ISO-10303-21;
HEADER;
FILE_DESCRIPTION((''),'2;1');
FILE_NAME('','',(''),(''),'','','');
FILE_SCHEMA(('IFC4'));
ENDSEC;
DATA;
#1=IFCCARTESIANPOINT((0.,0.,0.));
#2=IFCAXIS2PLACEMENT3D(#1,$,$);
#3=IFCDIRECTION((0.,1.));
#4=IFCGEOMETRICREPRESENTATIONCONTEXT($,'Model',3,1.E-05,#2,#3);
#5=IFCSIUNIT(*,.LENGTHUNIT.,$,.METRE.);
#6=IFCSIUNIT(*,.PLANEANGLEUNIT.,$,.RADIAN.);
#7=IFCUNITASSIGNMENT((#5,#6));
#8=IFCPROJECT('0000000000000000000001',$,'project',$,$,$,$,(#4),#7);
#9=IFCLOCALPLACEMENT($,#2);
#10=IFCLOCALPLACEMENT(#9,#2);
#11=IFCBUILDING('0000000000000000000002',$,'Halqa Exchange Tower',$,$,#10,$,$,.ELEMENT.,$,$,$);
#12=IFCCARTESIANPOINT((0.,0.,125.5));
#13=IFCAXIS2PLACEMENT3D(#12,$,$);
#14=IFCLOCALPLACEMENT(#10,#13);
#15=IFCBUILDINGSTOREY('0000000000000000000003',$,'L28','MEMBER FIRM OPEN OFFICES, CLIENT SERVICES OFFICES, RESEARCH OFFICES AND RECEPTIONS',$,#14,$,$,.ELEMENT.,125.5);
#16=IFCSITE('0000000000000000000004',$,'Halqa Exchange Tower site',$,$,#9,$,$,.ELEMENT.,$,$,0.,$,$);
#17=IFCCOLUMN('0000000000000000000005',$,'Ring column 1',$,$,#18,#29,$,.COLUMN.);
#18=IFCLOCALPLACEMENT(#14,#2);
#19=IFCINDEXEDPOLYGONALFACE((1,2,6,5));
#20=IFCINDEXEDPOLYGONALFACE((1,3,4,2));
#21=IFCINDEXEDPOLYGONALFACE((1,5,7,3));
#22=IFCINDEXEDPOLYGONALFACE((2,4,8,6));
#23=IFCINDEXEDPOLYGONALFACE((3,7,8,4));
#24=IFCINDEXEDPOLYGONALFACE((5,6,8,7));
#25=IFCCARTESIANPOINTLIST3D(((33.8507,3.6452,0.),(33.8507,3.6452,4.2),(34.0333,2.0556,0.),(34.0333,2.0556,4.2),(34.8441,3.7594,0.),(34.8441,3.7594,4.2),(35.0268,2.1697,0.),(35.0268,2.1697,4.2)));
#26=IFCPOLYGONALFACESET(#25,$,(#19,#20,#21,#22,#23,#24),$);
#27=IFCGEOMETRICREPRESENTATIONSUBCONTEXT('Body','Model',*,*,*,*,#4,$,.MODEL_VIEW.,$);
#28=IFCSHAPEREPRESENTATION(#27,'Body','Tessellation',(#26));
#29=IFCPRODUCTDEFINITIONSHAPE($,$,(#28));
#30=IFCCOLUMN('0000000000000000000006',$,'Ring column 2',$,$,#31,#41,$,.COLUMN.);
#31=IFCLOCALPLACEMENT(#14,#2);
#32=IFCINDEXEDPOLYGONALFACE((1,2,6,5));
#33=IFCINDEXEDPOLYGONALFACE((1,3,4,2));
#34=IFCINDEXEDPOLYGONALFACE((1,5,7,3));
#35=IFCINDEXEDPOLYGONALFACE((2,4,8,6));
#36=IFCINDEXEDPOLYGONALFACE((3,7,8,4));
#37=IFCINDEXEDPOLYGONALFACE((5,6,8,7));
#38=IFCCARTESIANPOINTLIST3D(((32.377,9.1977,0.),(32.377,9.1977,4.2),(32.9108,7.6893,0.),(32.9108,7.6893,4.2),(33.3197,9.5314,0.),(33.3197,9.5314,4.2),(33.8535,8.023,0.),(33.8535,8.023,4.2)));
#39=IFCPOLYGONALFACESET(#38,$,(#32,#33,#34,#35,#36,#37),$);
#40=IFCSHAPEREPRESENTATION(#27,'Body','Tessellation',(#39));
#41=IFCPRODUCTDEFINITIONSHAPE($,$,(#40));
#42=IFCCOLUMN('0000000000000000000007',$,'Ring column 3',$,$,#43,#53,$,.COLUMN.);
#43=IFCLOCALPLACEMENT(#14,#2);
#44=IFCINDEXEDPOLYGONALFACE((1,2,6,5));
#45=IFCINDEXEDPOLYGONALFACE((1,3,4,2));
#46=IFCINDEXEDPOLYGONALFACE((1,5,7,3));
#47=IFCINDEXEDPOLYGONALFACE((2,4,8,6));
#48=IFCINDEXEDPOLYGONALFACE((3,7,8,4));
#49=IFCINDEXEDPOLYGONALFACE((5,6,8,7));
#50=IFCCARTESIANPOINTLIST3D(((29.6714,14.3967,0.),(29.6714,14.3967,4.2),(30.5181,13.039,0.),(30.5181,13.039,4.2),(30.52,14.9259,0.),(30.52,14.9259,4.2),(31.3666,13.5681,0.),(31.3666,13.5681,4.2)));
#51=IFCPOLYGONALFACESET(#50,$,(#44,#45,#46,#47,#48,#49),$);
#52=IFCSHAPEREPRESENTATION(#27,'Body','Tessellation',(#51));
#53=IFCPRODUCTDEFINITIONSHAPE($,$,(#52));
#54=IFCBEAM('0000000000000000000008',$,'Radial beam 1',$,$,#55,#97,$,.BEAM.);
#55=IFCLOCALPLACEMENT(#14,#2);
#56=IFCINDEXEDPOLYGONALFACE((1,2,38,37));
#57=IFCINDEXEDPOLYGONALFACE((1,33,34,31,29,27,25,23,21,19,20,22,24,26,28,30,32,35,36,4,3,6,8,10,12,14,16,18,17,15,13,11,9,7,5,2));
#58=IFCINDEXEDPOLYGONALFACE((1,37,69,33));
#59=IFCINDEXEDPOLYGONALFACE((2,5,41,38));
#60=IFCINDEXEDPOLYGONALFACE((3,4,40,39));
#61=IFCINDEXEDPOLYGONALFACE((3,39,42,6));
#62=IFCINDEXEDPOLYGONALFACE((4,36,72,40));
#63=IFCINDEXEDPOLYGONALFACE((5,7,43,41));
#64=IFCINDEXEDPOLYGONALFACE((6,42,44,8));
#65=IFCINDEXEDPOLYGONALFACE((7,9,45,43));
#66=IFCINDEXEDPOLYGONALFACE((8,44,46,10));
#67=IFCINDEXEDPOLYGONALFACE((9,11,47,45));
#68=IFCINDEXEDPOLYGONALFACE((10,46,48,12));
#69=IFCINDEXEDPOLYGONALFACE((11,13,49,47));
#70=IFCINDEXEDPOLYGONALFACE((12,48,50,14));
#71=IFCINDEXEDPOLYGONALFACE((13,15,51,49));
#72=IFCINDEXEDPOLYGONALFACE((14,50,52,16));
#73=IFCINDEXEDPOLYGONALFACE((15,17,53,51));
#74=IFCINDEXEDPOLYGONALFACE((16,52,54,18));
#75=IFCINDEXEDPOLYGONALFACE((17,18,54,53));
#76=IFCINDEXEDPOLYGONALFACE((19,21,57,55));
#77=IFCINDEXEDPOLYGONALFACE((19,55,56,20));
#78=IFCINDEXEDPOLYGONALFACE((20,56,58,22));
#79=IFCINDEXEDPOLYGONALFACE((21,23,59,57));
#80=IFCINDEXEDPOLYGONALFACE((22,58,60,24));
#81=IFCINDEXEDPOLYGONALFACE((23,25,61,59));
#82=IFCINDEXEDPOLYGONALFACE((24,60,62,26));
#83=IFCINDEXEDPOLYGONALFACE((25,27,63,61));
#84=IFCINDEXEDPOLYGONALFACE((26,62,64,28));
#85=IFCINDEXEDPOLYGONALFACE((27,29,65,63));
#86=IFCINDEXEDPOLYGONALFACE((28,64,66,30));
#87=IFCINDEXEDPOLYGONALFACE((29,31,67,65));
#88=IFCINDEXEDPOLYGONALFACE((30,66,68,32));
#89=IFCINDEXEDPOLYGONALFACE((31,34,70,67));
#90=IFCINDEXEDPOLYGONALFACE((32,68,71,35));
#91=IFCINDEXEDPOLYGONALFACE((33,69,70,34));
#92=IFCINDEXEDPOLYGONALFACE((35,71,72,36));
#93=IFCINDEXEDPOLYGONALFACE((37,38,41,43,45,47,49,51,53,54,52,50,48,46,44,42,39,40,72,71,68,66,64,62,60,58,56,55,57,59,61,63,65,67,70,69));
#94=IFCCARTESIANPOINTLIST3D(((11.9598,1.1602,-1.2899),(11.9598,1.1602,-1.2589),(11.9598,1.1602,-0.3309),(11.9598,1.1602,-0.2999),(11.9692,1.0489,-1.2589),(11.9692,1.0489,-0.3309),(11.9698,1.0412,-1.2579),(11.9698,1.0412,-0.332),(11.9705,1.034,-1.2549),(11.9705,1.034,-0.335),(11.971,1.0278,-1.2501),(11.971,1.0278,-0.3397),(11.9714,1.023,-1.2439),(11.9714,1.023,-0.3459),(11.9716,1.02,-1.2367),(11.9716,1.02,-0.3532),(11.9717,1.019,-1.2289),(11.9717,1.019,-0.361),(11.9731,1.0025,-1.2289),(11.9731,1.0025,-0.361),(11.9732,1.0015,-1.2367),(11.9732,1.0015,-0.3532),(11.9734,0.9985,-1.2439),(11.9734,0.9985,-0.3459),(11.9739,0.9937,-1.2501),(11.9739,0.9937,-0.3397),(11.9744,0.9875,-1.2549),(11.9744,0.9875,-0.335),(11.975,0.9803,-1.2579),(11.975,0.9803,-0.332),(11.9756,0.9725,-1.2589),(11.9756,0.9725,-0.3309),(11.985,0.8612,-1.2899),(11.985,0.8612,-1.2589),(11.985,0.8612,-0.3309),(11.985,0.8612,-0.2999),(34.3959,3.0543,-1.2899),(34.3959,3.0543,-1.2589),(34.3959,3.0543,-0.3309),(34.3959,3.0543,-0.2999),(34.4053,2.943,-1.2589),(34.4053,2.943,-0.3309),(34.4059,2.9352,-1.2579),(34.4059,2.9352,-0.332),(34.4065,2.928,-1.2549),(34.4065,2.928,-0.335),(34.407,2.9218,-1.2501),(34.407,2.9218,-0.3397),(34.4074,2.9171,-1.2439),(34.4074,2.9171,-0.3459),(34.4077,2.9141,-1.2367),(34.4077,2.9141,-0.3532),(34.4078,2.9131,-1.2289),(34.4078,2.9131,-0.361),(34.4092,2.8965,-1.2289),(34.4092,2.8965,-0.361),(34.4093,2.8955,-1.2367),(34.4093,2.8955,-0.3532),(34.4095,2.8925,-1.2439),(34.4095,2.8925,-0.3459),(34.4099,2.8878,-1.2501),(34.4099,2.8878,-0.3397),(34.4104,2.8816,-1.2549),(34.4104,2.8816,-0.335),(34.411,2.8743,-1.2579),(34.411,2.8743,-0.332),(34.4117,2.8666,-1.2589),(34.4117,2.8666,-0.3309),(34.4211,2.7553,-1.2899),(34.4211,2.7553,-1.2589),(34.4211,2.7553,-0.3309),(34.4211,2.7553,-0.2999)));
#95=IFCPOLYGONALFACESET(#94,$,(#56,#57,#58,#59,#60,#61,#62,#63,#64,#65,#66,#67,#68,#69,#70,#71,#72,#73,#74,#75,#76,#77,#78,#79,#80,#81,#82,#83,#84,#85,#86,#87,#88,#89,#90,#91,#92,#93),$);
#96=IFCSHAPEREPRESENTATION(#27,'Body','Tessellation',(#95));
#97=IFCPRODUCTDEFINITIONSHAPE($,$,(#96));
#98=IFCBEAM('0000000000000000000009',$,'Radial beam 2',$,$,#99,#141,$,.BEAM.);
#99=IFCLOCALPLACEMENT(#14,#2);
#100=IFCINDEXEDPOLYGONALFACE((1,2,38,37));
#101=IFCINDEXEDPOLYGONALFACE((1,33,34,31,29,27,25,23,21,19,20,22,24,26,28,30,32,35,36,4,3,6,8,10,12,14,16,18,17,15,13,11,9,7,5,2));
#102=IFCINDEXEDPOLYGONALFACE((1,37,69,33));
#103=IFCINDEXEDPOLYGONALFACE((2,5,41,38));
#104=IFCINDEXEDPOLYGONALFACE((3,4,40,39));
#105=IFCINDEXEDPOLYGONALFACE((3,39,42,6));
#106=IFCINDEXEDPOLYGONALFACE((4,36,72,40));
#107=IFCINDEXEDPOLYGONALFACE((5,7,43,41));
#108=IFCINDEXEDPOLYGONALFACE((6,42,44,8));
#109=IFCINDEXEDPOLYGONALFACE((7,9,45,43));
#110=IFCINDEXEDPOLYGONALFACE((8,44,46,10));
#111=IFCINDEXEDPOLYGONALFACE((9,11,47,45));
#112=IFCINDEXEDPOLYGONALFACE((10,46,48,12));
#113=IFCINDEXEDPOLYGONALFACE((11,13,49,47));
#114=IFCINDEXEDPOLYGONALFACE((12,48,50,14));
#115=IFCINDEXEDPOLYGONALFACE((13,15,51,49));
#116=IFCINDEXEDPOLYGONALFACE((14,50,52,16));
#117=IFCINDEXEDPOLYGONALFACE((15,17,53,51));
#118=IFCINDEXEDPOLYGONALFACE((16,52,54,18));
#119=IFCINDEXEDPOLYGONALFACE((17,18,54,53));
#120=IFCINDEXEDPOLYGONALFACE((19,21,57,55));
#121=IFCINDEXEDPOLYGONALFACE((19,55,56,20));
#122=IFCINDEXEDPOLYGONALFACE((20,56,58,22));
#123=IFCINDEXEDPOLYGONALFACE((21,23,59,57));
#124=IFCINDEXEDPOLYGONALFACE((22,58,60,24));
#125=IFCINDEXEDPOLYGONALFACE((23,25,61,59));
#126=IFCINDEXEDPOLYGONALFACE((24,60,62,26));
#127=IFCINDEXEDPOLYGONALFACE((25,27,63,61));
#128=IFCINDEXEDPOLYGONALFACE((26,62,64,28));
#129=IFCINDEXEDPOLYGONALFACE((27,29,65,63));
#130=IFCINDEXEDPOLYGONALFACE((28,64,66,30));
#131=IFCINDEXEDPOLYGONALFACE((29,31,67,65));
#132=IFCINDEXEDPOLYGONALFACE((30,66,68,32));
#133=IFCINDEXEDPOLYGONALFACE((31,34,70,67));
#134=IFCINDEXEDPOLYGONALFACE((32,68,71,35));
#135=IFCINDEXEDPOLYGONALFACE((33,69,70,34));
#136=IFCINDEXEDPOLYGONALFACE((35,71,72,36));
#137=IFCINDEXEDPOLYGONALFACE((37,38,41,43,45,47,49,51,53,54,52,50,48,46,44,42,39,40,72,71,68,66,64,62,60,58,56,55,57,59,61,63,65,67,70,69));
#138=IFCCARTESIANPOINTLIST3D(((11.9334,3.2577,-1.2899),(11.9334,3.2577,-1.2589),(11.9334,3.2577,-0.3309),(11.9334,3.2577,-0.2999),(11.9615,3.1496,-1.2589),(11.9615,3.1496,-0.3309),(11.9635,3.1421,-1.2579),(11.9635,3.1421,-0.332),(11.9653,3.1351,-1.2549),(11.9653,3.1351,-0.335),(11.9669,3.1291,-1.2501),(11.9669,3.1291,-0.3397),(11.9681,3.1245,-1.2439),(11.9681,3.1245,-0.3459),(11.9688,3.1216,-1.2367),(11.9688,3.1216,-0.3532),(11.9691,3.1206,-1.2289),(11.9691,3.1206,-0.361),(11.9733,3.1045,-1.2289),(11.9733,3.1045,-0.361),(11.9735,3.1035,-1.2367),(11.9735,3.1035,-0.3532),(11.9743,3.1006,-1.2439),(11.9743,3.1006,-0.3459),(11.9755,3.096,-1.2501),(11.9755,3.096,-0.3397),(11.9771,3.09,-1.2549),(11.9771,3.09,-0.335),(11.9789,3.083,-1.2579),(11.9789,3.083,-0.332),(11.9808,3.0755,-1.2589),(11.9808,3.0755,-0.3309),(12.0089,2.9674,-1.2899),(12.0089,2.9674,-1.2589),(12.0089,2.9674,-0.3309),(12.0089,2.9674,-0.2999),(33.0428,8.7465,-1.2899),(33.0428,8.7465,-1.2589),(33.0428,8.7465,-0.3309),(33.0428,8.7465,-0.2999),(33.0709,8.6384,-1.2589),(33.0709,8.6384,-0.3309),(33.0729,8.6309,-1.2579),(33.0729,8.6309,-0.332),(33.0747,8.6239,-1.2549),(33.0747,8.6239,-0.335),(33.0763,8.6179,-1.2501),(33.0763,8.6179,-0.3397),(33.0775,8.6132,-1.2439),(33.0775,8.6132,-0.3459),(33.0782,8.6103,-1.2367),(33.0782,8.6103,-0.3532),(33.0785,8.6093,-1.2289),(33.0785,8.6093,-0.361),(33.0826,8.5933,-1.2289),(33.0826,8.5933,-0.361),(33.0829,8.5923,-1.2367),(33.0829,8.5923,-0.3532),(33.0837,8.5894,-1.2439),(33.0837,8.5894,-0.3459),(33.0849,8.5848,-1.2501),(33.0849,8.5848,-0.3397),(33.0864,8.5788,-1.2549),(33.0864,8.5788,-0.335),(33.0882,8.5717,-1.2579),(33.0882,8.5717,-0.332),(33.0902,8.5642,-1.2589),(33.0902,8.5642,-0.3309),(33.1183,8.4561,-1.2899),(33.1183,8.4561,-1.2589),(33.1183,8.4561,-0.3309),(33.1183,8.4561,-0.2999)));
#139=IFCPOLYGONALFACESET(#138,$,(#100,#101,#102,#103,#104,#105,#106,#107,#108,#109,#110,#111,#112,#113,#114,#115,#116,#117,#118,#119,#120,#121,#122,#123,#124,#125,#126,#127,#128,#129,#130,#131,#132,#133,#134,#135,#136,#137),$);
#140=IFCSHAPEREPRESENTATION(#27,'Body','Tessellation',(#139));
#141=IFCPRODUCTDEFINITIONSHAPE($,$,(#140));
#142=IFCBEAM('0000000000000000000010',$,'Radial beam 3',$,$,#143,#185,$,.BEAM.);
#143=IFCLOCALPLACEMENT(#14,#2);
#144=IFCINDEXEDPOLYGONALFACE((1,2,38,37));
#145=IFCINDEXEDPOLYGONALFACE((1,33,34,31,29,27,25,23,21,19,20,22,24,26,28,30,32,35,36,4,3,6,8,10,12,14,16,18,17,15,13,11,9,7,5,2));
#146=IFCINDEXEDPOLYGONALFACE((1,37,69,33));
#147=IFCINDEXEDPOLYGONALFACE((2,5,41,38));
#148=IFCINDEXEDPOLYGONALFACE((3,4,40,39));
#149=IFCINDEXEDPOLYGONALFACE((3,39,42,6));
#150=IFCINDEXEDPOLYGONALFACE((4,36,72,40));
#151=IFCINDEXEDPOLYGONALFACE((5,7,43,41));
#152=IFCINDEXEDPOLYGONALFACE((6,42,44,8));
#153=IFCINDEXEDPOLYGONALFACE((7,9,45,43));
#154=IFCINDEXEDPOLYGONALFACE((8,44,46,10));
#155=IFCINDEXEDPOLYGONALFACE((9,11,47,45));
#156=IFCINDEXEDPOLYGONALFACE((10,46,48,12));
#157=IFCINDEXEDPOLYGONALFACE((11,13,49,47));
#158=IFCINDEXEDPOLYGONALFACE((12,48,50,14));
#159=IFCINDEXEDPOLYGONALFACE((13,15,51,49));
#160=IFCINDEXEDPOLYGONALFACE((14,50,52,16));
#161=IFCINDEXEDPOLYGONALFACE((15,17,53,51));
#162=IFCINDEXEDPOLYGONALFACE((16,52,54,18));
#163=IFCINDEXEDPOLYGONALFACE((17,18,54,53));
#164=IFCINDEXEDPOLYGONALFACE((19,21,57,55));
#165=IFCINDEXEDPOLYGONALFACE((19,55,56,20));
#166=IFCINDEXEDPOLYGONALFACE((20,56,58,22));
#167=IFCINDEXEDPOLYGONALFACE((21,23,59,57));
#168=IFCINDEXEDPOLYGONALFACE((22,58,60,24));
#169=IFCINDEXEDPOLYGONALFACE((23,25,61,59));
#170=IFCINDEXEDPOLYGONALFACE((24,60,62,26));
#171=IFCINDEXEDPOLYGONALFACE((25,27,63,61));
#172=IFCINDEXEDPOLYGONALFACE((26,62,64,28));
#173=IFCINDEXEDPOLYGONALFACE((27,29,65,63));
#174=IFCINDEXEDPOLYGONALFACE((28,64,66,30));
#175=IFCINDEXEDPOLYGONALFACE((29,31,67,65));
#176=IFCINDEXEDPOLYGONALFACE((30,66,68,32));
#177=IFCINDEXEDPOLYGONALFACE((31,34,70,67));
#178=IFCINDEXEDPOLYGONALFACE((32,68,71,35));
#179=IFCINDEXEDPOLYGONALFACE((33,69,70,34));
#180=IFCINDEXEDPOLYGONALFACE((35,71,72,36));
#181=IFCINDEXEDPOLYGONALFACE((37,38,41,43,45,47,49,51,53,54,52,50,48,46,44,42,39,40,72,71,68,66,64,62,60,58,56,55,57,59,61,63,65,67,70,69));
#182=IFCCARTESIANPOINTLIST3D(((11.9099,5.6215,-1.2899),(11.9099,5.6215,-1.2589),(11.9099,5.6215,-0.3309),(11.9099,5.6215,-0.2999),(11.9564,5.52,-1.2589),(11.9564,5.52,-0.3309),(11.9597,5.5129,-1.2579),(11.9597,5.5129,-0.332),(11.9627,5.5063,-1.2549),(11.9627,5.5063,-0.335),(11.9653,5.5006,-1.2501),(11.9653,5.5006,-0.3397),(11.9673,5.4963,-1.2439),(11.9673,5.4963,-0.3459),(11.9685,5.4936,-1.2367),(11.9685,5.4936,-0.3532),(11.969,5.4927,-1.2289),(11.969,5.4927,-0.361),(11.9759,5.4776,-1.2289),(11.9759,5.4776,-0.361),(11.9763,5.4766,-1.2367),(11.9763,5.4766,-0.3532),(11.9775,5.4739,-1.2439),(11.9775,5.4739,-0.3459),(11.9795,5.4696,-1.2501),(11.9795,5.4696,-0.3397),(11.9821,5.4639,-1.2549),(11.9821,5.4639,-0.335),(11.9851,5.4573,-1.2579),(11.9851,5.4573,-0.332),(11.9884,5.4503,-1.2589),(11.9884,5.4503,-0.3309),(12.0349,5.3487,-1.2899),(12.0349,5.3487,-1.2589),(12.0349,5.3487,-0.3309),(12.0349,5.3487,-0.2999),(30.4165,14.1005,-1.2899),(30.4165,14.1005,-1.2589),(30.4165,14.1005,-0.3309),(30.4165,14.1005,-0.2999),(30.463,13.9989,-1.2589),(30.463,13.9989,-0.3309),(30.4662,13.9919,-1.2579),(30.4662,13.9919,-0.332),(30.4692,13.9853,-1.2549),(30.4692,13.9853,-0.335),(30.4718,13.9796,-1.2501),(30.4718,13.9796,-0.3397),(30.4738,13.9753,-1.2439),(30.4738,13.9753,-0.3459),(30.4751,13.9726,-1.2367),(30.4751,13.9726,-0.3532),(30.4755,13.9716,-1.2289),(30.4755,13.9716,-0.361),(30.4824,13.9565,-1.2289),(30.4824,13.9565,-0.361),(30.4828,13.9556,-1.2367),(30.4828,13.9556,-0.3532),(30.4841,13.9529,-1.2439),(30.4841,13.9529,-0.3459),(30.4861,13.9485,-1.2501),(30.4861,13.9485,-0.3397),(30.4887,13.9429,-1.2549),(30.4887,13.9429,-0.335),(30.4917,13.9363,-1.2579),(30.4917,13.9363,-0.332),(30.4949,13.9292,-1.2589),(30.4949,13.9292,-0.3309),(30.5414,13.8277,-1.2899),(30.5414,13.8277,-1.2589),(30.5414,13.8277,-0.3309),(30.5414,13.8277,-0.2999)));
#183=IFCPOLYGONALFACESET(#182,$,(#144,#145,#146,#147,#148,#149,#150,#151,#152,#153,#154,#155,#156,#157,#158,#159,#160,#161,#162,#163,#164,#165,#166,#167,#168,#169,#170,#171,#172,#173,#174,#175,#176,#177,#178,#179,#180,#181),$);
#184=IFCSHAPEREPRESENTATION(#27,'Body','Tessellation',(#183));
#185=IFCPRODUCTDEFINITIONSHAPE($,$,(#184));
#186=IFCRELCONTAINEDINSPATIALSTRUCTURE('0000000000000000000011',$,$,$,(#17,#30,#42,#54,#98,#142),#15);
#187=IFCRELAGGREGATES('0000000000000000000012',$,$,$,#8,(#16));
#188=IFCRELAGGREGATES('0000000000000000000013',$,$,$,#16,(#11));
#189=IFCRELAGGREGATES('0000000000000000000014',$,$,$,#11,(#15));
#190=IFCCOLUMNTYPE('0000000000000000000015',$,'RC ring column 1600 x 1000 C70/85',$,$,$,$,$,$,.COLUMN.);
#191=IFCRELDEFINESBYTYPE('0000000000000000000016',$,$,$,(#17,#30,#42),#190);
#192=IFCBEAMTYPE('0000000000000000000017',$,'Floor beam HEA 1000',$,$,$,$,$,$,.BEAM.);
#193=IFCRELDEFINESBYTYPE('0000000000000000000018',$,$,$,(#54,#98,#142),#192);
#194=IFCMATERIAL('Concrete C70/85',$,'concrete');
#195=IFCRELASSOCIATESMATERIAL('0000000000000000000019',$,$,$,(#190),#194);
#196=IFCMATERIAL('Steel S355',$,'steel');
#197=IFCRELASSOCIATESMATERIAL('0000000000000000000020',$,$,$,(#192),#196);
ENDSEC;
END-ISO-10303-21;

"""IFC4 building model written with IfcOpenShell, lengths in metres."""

from ifc_helpers import new_model, si_unit, direction, frame, origin, origin_2d, place, context, subcontext, project, spatial, rectangle, i_section, extrude, material, material_profile, profile_set, type_object, element, save


model = new_model("IFC4")

# Units and contexts
model_context = context("Model", 3, precision=1e-05, world=origin(), true_north=direction((0.0, 1.0)))
body_context = subcontext(model_context, "Body", "Model", "MODEL_VIEW")
ifc_project = project(units=[si_unit("LENGTHUNIT", "METRE"), si_unit("PLANEANGLEUNIT", "RADIAN")], contexts=[model_context])

# Site, building, storey
site_placement = place(None, origin())
site = spatial("IfcSite", under=ifc_project, at=site_placement, Name="Halqa Exchange Tower site", CompositionType="ELEMENT", RefElevation=0.0)
building_placement = place(site_placement, origin())
building = spatial("IfcBuilding", under=site, at=building_placement, Name="Halqa Exchange Tower", CompositionType="ELEMENT")
storey_placement = place(building_placement, frame((0.0, 0.0, 125.5)))
storey = spatial("IfcBuildingStorey", under=building, at=storey_placement, Name="L28", Description="MEMBER FIRM OPEN OFFICES, CLIENT SERVICES OFFICES, RESEARCH OFFICES AND RECEPTIONS", CompositionType="ELEMENT", Elevation=125.5)

# Columns
ifc_material_1 = material(Name="Concrete C70/85", Category="concrete")
ifc_material_profile_1 = material_profile(ifc_material_1, rectangle(XDim=1.6001, YDim=1.0, at=origin_2d()), Name="1600 x 1000")
ifc_profile_set_1 = profile_set([ifc_material_profile_1], Name="Concrete C70/85")
column_type = type_object("IfcColumnType", Name="RC ring column 1600 x 1000 C70/85", PredefinedType="COLUMN", material=ifc_profile_set_1)
for number, where, z_axis, x_axis, name in (
    (1, (34.4387, 2.9075, 0.0), (0.0, 0.0, 1.0), (-0.114159, 0.993463, 0.0), "Ring column 1"),
    (2, (33.1152, 8.6104, 0.0), (0.0, 0.0, 1.0), (-0.333636, 0.942702, 0.0), "Ring column 2"),
    (3, (30.519, 13.9824, 0.0), (0.0, 0.0, 1.0), (-0.529138, 0.848536, 0.0), "Ring column 3"),
):
    element("IfcColumn", number, at=place(storey_placement, frame(where, z_axis=z_axis, x_axis=x_axis)), inside=storey, type_object=column_type, Name=name, PredefinedType="COLUMN", context=body_context, shape_type="SweptSolid", body=[
        extrude(rectangle(XDim=1.6001, YDim=1.0, at=origin_2d()), origin(), (0.0, 0.0, 1.0), 4.2),
    ])

# Beams
ifc_material_2 = material(Name="Steel S355", Category="steel")
ifc_material_profile_2 = material_profile(ifc_material_2, i_section(OverallWidth=0.3, OverallDepth=0.99, WebThickness=0.0166, FlangeThickness=0.031, FilletRadius=0.03, at=origin_2d()), Name="HEA 1000")
ifc_profile_set_2 = profile_set([ifc_material_profile_2], Name="Steel S355")
beam_type_1 = type_object("IfcBeamType", Name="Floor beam HEA 1000", PredefinedType="BEAM", material=ifc_profile_set_2)
beam_1_placement = place(storey_placement, frame((11.9724, 1.0107, -0.7949), z_axis=(0.996456, 0.08412, 0.0), x_axis=(-0.08412, 0.996456, 0.0)))
element("IfcBeam", 4, at=beam_1_placement, inside=storey, type_object=beam_type_1, Name="Radial beam 1", PredefinedType="BEAM", context=body_context, shape_type="SweptSolid", body=[
    extrude(i_section(OverallWidth=0.3, OverallDepth=0.99, WebThickness=0.0166, FlangeThickness=0.031, FilletRadius=0.03, at=origin_2d()), origin(), (0.0, 0.0, 1.0), 22.5159),
])
beam_2_placement = place(storey_placement, frame((11.9712, 3.1125, -0.7949), z_axis=(0.967819, 0.251648, 0.0), x_axis=(-0.251648, 0.967819, 0.0)))
element("IfcBeam", 5, at=beam_2_placement, inside=storey, type_object=beam_type_1, Name="Radial beam 2", PredefinedType="BEAM", context=body_context, shape_type="SweptSolid", body=[
    extrude(i_section(OverallWidth=0.3, OverallDepth=0.99, WebThickness=0.0166, FlangeThickness=0.031, FilletRadius=0.03, at=origin_2d()), origin(), (0.0, 0.0, 1.0), 21.8113),
])
beam_3_placement = place(storey_placement, frame((11.9724, 5.4851, -0.7949), z_axis=(0.909124, 0.416525, 0.0), x_axis=(-0.416525, 0.909124, 0.0)))
element("IfcBeam", 6, at=beam_3_placement, inside=storey, type_object=beam_type_1, Name="Radial beam 3", PredefinedType="BEAM", context=body_context, shape_type="SweptSolid", body=[
    extrude(i_section(OverallWidth=0.3, OverallDepth=0.99, WebThickness=0.0166, FlangeThickness=0.031, FilletRadius=0.03, at=origin_2d()), origin(), (0.0, 0.0, 1.0), 20.3564),
])

save(model, "model.ifc")
